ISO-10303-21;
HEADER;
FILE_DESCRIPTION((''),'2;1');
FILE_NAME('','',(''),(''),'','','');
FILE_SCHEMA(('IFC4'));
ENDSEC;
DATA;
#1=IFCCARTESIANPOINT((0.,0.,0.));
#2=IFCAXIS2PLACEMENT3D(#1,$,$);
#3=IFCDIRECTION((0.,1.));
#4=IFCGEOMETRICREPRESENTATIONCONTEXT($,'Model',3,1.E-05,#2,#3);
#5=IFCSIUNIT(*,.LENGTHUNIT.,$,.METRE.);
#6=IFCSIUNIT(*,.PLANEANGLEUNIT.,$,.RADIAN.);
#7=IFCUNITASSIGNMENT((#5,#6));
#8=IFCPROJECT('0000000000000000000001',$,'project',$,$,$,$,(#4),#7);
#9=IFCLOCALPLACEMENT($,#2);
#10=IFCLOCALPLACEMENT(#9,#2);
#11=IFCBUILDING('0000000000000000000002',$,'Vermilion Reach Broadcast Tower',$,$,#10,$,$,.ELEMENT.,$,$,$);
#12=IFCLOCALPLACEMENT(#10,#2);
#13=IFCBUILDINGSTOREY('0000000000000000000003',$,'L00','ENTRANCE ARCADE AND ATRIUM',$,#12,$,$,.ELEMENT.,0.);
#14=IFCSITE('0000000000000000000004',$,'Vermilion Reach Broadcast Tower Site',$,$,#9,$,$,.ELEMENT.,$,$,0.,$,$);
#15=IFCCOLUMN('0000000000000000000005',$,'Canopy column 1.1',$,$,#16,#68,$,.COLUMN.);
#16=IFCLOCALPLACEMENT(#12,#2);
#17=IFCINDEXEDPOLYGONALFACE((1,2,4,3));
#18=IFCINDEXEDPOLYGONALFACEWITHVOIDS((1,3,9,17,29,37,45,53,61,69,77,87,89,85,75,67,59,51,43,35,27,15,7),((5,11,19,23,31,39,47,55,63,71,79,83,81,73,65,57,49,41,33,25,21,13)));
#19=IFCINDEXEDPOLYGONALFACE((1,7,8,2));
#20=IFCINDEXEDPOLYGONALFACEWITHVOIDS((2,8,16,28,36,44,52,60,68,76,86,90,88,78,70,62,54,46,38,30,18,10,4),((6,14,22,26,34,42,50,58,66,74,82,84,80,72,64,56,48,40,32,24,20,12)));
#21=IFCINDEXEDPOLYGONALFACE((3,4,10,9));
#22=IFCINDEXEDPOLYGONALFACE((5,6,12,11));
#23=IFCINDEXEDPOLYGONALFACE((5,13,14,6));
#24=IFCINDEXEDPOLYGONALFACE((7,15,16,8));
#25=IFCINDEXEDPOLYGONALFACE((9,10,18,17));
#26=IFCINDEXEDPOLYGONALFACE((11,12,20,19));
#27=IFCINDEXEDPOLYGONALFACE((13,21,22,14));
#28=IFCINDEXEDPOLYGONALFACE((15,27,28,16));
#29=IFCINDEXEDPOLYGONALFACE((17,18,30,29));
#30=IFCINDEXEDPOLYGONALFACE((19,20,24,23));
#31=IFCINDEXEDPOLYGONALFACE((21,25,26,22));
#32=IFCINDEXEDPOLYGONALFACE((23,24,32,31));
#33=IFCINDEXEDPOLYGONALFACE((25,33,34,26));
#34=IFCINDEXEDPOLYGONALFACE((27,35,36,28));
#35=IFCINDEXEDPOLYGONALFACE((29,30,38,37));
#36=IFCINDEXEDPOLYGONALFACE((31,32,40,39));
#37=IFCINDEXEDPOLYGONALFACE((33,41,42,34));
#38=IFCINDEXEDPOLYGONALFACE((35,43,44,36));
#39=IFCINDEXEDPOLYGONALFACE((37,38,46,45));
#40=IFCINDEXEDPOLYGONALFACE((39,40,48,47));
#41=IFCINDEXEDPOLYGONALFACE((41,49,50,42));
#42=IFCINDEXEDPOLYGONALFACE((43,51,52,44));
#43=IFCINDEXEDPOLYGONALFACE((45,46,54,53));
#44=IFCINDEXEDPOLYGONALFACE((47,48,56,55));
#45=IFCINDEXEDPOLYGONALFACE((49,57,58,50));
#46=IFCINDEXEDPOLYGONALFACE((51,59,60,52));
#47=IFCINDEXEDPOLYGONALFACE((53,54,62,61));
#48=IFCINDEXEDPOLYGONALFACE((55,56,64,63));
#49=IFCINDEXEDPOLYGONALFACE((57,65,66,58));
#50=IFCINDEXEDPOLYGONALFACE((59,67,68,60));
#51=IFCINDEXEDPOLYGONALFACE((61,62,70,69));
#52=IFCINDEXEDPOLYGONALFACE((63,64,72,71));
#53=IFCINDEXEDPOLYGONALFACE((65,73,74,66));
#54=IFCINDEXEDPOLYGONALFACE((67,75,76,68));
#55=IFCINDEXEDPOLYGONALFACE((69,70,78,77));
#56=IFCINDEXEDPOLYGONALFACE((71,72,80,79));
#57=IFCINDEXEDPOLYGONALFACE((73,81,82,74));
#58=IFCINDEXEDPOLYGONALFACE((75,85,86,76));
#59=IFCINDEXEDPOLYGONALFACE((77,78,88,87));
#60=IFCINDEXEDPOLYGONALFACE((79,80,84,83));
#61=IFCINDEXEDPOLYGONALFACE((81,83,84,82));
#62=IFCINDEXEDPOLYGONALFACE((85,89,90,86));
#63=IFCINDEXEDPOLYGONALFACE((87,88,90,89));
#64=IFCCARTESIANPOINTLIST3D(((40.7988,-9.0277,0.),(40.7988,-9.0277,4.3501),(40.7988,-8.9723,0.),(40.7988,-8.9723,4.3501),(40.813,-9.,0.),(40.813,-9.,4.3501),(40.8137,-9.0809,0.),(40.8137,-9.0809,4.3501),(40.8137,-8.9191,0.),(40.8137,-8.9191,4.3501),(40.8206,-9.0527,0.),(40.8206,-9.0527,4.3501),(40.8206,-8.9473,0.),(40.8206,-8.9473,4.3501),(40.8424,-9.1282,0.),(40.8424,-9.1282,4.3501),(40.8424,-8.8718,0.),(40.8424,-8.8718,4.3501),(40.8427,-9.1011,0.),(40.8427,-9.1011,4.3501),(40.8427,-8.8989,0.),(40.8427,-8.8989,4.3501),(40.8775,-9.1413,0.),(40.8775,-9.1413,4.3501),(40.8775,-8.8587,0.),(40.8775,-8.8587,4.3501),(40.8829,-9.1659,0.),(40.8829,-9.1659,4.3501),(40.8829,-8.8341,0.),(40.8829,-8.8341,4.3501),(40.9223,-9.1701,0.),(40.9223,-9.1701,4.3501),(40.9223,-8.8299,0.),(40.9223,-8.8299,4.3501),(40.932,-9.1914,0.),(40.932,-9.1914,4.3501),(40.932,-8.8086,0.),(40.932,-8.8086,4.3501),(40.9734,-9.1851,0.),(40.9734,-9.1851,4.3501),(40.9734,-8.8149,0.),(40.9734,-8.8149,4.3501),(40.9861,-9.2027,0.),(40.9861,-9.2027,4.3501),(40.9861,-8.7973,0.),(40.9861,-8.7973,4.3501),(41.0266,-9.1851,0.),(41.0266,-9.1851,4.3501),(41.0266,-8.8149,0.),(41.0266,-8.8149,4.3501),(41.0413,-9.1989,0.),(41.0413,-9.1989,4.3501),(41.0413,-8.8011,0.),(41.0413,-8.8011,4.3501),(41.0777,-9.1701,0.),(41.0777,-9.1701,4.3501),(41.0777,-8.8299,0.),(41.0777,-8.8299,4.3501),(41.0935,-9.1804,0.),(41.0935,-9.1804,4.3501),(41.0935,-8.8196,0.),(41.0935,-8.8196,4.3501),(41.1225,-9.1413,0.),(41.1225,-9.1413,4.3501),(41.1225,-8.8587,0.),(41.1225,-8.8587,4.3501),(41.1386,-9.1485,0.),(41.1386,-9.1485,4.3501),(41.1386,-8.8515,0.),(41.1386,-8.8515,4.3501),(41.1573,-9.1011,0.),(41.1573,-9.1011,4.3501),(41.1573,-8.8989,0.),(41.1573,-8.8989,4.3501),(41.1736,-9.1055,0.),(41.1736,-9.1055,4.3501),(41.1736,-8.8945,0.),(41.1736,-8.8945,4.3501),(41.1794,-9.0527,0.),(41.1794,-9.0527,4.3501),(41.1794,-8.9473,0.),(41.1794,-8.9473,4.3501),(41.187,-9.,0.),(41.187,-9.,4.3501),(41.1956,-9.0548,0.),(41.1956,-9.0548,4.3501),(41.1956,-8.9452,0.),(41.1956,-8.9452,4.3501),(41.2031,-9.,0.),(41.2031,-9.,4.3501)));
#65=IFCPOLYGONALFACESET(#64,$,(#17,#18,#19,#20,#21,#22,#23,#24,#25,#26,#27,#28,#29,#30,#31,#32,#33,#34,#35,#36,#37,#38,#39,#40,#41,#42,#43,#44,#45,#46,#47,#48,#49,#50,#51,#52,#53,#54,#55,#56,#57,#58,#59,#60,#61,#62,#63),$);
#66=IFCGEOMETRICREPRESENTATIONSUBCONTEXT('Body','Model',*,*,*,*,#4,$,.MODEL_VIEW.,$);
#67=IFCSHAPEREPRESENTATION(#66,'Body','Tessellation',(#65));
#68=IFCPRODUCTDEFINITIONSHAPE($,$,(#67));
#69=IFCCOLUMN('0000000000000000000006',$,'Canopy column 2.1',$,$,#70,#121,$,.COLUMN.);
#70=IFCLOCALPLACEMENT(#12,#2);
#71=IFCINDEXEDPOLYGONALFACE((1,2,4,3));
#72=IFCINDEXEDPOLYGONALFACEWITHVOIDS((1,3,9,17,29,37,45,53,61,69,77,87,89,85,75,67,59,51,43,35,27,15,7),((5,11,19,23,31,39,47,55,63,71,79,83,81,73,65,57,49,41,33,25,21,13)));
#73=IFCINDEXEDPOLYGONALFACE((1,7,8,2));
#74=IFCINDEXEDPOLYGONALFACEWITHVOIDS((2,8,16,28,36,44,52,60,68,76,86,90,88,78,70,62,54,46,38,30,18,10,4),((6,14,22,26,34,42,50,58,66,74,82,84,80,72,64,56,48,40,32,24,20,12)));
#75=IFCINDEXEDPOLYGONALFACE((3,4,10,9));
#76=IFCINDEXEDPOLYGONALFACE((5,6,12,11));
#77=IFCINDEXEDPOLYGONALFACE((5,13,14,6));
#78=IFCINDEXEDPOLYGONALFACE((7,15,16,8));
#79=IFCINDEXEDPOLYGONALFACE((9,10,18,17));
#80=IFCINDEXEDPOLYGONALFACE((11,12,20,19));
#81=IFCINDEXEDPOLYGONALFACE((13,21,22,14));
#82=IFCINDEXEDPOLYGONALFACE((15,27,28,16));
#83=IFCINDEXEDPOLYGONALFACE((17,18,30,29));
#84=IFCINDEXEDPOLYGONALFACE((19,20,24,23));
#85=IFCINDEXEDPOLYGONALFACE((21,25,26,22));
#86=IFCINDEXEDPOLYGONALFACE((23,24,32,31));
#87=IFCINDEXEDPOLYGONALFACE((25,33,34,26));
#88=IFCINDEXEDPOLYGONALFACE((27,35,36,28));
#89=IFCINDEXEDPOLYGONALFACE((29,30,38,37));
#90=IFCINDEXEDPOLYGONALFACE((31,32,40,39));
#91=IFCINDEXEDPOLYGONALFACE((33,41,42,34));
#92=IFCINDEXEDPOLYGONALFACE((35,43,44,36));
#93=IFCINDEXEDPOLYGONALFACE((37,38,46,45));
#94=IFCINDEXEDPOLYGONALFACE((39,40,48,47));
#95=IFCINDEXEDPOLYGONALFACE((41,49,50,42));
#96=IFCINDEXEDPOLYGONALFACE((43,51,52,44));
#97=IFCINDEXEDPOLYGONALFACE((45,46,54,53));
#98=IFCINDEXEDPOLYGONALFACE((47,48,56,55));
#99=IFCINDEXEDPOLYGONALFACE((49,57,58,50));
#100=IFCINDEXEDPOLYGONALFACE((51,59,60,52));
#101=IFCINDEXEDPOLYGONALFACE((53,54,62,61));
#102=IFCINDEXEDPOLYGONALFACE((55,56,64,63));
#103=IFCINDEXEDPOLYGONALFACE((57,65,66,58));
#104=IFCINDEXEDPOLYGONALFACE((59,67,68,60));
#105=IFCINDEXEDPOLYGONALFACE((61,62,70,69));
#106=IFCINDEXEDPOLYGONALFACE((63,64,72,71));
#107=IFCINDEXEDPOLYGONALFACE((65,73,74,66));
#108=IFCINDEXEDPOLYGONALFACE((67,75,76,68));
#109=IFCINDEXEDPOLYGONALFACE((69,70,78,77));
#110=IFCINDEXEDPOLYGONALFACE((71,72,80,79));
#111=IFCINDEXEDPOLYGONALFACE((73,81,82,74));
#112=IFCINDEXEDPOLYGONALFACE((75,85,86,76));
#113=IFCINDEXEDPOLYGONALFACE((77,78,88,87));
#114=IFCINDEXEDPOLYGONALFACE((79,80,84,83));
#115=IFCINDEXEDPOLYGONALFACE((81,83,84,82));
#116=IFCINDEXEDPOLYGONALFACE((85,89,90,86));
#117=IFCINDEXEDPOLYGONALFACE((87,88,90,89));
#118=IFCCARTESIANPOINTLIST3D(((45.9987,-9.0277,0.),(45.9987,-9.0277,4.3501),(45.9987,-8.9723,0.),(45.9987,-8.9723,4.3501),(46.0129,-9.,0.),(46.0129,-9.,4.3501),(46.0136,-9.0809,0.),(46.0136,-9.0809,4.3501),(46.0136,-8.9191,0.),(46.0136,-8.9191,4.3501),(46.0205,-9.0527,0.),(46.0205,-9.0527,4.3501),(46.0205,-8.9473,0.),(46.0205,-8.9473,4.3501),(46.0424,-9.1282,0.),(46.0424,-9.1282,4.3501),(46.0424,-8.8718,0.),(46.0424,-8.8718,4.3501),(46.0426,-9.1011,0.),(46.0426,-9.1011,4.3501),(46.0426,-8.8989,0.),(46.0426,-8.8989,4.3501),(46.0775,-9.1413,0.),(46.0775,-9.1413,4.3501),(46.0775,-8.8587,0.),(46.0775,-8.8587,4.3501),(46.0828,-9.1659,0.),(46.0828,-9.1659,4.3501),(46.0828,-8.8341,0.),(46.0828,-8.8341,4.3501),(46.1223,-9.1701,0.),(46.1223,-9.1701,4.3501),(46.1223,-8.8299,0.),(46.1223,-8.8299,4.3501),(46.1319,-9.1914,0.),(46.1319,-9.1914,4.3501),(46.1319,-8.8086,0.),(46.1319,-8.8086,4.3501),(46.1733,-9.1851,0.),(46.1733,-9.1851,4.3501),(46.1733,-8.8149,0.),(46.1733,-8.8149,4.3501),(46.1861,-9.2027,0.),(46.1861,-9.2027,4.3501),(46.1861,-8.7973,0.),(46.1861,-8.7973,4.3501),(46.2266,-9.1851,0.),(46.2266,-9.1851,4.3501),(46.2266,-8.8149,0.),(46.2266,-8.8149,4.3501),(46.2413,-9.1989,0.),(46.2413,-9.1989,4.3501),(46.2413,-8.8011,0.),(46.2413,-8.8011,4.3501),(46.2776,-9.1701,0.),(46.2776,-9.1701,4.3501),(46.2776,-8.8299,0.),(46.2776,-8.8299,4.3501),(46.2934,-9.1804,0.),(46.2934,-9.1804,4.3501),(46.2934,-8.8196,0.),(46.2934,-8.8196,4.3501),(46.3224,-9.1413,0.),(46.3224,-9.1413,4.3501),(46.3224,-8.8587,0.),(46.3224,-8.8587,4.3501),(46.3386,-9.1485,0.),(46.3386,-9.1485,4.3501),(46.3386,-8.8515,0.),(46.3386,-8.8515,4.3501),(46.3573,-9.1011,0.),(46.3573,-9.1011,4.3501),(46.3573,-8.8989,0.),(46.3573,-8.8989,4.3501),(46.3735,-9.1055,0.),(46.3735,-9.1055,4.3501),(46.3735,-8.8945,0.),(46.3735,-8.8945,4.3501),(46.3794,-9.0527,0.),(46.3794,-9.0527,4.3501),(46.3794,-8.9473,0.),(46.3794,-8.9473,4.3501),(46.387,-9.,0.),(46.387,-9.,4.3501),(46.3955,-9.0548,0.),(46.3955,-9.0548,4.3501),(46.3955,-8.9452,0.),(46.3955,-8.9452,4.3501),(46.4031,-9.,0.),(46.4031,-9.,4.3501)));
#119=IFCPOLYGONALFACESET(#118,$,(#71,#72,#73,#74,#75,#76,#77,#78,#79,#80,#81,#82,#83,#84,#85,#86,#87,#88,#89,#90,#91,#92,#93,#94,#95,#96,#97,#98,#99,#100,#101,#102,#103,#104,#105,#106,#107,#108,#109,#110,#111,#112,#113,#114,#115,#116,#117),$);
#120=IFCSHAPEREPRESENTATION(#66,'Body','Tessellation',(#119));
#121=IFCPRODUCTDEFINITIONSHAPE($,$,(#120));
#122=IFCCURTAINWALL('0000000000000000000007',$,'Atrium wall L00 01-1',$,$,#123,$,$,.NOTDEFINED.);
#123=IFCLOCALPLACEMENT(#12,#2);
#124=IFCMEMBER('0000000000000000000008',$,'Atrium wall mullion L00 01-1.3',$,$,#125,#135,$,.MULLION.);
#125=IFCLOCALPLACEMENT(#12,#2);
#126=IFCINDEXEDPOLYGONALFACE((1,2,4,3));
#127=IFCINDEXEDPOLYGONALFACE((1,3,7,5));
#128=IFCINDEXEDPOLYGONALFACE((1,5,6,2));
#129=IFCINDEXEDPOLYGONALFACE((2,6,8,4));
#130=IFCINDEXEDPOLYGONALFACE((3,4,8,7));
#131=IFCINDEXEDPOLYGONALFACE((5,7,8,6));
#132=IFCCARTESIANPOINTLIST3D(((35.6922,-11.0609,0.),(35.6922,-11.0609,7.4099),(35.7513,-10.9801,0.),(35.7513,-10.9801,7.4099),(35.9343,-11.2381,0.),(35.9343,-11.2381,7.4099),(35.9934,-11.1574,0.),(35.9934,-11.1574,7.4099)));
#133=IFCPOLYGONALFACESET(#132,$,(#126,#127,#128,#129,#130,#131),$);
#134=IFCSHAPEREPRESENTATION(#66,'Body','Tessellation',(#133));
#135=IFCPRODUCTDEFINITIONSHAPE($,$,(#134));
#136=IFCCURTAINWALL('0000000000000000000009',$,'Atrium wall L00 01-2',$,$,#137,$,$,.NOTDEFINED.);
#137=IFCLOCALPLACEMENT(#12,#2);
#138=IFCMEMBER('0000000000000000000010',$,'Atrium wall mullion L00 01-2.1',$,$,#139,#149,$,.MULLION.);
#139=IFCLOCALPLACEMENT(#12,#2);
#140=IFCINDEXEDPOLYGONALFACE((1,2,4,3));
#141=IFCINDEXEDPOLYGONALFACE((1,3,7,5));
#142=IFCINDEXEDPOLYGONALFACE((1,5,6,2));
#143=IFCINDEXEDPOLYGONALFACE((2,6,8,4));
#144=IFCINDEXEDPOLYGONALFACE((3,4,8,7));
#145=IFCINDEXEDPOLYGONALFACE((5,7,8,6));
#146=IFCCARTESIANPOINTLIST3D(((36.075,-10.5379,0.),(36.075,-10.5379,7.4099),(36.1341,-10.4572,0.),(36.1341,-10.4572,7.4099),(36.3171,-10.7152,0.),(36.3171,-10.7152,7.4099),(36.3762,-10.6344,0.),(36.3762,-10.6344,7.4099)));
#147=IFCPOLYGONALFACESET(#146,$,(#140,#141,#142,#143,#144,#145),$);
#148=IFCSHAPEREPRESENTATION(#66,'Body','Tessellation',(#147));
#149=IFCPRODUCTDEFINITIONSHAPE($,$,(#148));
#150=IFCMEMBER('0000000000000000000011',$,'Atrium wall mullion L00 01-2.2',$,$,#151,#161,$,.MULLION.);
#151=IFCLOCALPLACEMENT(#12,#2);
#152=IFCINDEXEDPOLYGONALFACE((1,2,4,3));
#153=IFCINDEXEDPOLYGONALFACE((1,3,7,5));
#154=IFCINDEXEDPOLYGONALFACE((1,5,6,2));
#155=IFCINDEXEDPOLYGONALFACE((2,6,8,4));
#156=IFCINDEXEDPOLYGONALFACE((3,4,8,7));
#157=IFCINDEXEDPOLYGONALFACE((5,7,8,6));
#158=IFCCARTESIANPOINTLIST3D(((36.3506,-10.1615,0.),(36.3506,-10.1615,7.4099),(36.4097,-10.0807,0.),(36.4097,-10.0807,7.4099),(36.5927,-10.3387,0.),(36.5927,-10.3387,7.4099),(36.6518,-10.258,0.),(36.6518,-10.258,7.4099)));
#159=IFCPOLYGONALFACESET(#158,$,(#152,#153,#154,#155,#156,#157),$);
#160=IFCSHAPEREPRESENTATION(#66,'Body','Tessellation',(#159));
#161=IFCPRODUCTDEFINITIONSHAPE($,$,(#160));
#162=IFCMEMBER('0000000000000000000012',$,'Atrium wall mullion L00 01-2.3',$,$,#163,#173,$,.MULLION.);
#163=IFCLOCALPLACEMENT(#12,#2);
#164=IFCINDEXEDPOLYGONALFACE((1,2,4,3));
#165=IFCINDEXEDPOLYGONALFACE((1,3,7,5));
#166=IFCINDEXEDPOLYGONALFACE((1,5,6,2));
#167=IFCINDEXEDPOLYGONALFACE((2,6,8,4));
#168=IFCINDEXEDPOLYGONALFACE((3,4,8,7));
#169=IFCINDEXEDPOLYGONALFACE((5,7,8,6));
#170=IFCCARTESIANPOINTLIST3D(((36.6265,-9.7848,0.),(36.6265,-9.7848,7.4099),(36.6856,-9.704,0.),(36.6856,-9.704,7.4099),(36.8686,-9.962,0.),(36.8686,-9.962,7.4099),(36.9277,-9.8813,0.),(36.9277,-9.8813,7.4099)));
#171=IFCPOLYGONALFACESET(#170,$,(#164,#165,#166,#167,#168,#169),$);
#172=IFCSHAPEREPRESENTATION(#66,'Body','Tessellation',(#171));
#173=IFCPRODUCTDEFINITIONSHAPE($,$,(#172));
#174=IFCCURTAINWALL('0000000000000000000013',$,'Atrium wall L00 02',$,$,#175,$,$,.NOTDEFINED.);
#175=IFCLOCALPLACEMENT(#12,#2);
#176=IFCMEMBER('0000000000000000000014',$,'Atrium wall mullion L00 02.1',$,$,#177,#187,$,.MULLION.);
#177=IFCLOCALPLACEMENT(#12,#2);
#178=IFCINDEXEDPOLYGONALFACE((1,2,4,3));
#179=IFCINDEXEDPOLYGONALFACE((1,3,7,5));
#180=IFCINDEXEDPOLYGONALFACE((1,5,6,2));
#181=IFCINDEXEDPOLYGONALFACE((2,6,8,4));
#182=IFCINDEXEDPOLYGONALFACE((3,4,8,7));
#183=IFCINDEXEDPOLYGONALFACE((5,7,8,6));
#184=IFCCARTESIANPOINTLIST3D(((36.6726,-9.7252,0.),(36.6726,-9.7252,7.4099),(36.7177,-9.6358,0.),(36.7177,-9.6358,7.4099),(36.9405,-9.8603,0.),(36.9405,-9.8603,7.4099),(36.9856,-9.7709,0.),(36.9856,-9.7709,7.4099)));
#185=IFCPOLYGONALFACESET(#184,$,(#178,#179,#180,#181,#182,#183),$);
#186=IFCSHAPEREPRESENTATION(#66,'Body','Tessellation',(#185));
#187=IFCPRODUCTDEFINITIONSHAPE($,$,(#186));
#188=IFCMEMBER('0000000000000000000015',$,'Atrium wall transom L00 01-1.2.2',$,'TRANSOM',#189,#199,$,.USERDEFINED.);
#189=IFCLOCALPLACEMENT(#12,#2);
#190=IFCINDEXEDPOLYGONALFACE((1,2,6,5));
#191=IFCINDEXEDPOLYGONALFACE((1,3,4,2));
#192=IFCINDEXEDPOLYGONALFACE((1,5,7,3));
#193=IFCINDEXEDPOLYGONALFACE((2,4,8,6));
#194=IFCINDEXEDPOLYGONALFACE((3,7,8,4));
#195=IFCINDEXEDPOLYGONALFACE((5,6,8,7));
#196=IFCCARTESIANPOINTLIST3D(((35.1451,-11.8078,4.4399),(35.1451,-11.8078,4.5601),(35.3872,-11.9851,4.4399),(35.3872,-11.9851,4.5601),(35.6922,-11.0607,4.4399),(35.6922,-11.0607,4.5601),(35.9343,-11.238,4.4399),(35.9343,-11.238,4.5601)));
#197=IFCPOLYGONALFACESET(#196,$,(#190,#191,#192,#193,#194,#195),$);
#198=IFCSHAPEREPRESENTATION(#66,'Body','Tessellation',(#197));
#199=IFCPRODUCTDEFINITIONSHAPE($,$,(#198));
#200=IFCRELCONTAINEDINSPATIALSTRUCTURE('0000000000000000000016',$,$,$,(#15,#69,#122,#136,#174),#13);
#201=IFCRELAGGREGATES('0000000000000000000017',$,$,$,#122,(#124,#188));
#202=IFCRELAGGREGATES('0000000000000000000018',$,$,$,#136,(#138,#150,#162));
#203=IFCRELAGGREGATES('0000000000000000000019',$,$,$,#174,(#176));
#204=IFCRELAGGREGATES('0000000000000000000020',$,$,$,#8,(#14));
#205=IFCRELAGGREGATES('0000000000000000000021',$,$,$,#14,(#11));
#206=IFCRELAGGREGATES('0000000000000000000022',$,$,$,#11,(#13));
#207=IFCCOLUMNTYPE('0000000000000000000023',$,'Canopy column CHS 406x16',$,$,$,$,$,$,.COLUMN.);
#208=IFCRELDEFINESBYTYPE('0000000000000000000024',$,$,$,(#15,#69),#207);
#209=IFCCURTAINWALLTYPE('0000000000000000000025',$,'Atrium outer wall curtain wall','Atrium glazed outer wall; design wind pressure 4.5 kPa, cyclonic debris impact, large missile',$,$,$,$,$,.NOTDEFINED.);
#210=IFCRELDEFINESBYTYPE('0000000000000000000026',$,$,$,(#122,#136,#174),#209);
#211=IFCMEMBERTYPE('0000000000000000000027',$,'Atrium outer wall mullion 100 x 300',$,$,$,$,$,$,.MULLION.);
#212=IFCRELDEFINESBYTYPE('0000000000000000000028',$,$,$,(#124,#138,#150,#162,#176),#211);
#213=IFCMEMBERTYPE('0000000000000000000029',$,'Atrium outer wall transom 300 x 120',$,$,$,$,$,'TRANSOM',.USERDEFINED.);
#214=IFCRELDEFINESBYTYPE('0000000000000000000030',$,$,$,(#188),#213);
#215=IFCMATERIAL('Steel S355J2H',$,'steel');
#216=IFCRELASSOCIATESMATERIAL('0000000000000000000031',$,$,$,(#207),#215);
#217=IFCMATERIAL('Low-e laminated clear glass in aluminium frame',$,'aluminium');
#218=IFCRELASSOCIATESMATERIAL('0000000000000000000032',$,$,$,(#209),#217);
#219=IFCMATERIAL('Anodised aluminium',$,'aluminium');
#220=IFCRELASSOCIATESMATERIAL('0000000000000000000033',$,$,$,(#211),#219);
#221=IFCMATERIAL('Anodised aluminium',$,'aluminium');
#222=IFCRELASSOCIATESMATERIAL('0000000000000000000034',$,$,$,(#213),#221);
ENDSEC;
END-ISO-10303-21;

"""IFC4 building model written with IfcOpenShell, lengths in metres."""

from ifc_helpers import new_model, si_unit, direction, frame, origin, origin_2d, place, context, subcontext, project, spatial, rectangle, hollow_circle, extrude, material, material_profile, profile_set, type_object, element, aggregate, save


model = new_model("IFC4")

# Units and contexts
model_context = context("Model", 3, precision=1e-05, world=origin(), true_north=direction((0.0, 1.0)))
body_context = subcontext(model_context, "Body", "Model", "MODEL_VIEW")
ifc_project = project(units=[si_unit("LENGTHUNIT", "METRE"), si_unit("PLANEANGLEUNIT", "RADIAN")], contexts=[model_context])

# Site, building, storey
site_placement = place(None, origin())
site = spatial("IfcSite", under=ifc_project, at=site_placement, Name="Vermilion Reach Broadcast Tower Site", CompositionType="ELEMENT", RefElevation=0.0)
building_placement = place(site_placement, origin())
building = spatial("IfcBuilding", under=site, at=building_placement, Name="Vermilion Reach Broadcast Tower", CompositionType="ELEMENT")
storey_placement = place(building_placement, origin())
storey = spatial("IfcBuildingStorey", under=building, at=storey_placement, Name="L00", Description="ENTRANCE ARCADE AND ATRIUM", CompositionType="ELEMENT", Elevation=0.0)

# Columns
ifc_material_1 = material(Name="Steel S355J2H", Category="steel")
ifc_material_profile_1 = material_profile(ifc_material_1, hollow_circle(Radius=0.2031, WallThickness=0.0161, at=origin_2d()), Name="S355J2H CHS 406x16")
ifc_profile_set_1 = profile_set([ifc_material_profile_1], Name="Steel S355J2H")
column_type_1 = type_object("IfcColumnType", Name="Canopy column CHS 406x16", PredefinedType="COLUMN", material=ifc_profile_set_1)
for number, where, z_axis, x_axis, name in (
    (1, (41.0, -9.0, 0.0), (0.0, 0.0, 1.0), (1.0, 0.0, 0.0), "Canopy column 1.1"),
    (2, (46.2, -9.0, 0.0), (0.0, 0.0, 1.0), (1.0, 0.0, 0.0), "Canopy column 2.1"),
):
    element("IfcColumn", number, at=place(storey_placement, frame(where, z_axis=z_axis, x_axis=x_axis)), inside=storey, type_object=column_type_1, Name=name, PredefinedType="COLUMN", context=body_context, shape_type="SweptSolid", body=[
        extrude(hollow_circle(Radius=0.2031, WallThickness=0.0161, at=origin_2d()), origin(), (0.0, 0.0, 1.0), 4.3501),
    ])

# Curtain wall, member
ifc_material_2 = material(Name="Low-e laminated clear glass in aluminium frame", Category="aluminium")
curtain_wall_type = type_object("IfcCurtainWallType", Name="Atrium outer wall curtain wall", Description="Atrium glazed outer wall; design wind pressure 4.5 kPa, cyclonic debris impact, large missile", PredefinedType="NOTDEFINED", material=ifc_material_2)
placement = place(storey_placement, origin())
curtain_wall_1 = element("IfcCurtainWall", 3, at=placement, inside=storey, type_object=curtain_wall_type, Name="Atrium wall L00 01-1", PredefinedType="NOTDEFINED")
ifc_material_3 = material(Name="Anodised aluminium", Category="aluminium")
ifc_material_profile_2 = material_profile(ifc_material_3, rectangle(XDim=0.3, YDim=0.1001, at=origin_2d()), Name="Atrium outer wall mullion 100 x 300")
ifc_profile_set_2 = profile_set([ifc_material_profile_2], Name="Anodised aluminium")
member_type_1 = type_object("IfcMemberType", Name="Atrium outer wall mullion 100 x 300", PredefinedType="MULLION", material=ifc_profile_set_2)
member_1_placement = place(storey_placement, frame((35.8428, -11.1091, 0.0), z_axis=(0.0, 0.0, 1.0), x_axis=(-0.806847, 0.59076, 0.0)))
member_1 = element("IfcMember", 4, at=member_1_placement, type_object=member_type_1, Name="Atrium wall mullion L00 01-1.3", PredefinedType="MULLION", context=body_context, shape_type="SweptSolid", body=[
    extrude(rectangle(XDim=0.3, YDim=0.1001, at=origin_2d()), origin(), (0.0, 0.0, 1.0), 7.4099),
])

# Curtain wall, members
curtain_wall_2 = element("IfcCurtainWall", 5, at=placement, inside=storey, type_object=curtain_wall_type, Name="Atrium wall L00 01-2", PredefinedType="NOTDEFINED")
member_2_placement = place(storey_placement, frame((36.2256, -10.5862, 0.0), z_axis=(0.0, 0.0, 1.0), x_axis=(-0.806847, 0.59076, 0.0)))
member_2 = element("IfcMember", 6, at=member_2_placement, type_object=member_type_1, Name="Atrium wall mullion L00 01-2.1", PredefinedType="MULLION", context=body_context, shape_type="SweptSolid", body=[
    extrude(rectangle(XDim=0.3, YDim=0.1001, at=origin_2d()), origin(), (0.0, 0.0, 1.0), 7.4099),
])
member_3_placement = place(storey_placement, frame((36.5012, -10.2097, 0.0), z_axis=(0.0, 0.0, 1.0), x_axis=(-0.806847, 0.59076, 0.0)))
member_3 = element("IfcMember", 7, at=member_3_placement, type_object=member_type_1, Name="Atrium wall mullion L00 01-2.2", PredefinedType="MULLION", context=body_context, shape_type="SweptSolid", body=[
    extrude(rectangle(XDim=0.3, YDim=0.1001, at=origin_2d()), origin(), (0.0, 0.0, 1.0), 7.4099),
])
member_4_placement = place(storey_placement, frame((36.7771, -9.833, 0.0), z_axis=(0.0, 0.0, 1.0), x_axis=(-0.806847, 0.59076, 0.0)))
member_4 = element("IfcMember", 8, at=member_4_placement, type_object=member_type_1, Name="Atrium wall mullion L00 01-2.3", PredefinedType="MULLION", context=body_context, shape_type="SweptSolid", body=[
    extrude(rectangle(XDim=0.3, YDim=0.1001, at=origin_2d()), origin(), (0.0, 0.0, 1.0), 7.4099),
])

# Curtain wall, member
curtain_wall_3 = element("IfcCurtainWall", 9, at=placement, inside=storey, type_object=curtain_wall_type, Name="Atrium wall L00 02", PredefinedType="NOTDEFINED")
member_5_placement = place(storey_placement, frame((36.8291, -9.748, 0.0), z_axis=(0.0, 0.0, 1.0), x_axis=(-0.892992, 0.450072, 0.0)))
member_5 = element("IfcMember", 10, at=member_5_placement, type_object=member_type_1, Name="Atrium wall mullion L00 02.1", PredefinedType="MULLION", context=body_context, shape_type="SweptSolid", body=[
    extrude(rectangle(XDim=0.3, YDim=0.1001, at=origin_2d()), origin(), (0.0, 0.0, 1.0), 7.4099),
])

# Member
ifc_material_4 = material(Name="Anodised aluminium", Category="aluminium")
ifc_material_profile_3 = material_profile(ifc_material_4, rectangle(XDim=0.3, YDim=0.1201, at=origin_2d()), Name="Atrium outer wall transom 300 x 120")
ifc_profile_set_3 = profile_set([ifc_material_profile_3], Name="Anodised aluminium")
member_type_2 = type_object("IfcMemberType", Name="Atrium outer wall transom 300 x 120", ElementType="TRANSOM", PredefinedType="USERDEFINED", material=ifc_profile_set_3)
member_6_placement = place(storey_placement, frame((35.2661, -11.8965, 4.5), z_axis=(0.590849, 0.806782, 0.0), x_axis=(-0.806782, 0.590849, 0.0)))
member_6 = element("IfcMember", 11, at=member_6_placement, type_object=member_type_2, Name="Atrium wall transom L00 01-1.2.2", ObjectType="TRANSOM", PredefinedType="USERDEFINED", context=body_context, shape_type="SweptSolid", body=[
    extrude(rectangle(XDim=0.3, YDim=0.1201, at=origin_2d()), origin(), (0.0, 0.0, 1.0), 0.926),
])

aggregate(curtain_wall_1, [member_1, member_6])
aggregate(curtain_wall_2, [member_2, member_3, member_4])
aggregate(curtain_wall_3, [member_5])

save(model, "model.ifc")
